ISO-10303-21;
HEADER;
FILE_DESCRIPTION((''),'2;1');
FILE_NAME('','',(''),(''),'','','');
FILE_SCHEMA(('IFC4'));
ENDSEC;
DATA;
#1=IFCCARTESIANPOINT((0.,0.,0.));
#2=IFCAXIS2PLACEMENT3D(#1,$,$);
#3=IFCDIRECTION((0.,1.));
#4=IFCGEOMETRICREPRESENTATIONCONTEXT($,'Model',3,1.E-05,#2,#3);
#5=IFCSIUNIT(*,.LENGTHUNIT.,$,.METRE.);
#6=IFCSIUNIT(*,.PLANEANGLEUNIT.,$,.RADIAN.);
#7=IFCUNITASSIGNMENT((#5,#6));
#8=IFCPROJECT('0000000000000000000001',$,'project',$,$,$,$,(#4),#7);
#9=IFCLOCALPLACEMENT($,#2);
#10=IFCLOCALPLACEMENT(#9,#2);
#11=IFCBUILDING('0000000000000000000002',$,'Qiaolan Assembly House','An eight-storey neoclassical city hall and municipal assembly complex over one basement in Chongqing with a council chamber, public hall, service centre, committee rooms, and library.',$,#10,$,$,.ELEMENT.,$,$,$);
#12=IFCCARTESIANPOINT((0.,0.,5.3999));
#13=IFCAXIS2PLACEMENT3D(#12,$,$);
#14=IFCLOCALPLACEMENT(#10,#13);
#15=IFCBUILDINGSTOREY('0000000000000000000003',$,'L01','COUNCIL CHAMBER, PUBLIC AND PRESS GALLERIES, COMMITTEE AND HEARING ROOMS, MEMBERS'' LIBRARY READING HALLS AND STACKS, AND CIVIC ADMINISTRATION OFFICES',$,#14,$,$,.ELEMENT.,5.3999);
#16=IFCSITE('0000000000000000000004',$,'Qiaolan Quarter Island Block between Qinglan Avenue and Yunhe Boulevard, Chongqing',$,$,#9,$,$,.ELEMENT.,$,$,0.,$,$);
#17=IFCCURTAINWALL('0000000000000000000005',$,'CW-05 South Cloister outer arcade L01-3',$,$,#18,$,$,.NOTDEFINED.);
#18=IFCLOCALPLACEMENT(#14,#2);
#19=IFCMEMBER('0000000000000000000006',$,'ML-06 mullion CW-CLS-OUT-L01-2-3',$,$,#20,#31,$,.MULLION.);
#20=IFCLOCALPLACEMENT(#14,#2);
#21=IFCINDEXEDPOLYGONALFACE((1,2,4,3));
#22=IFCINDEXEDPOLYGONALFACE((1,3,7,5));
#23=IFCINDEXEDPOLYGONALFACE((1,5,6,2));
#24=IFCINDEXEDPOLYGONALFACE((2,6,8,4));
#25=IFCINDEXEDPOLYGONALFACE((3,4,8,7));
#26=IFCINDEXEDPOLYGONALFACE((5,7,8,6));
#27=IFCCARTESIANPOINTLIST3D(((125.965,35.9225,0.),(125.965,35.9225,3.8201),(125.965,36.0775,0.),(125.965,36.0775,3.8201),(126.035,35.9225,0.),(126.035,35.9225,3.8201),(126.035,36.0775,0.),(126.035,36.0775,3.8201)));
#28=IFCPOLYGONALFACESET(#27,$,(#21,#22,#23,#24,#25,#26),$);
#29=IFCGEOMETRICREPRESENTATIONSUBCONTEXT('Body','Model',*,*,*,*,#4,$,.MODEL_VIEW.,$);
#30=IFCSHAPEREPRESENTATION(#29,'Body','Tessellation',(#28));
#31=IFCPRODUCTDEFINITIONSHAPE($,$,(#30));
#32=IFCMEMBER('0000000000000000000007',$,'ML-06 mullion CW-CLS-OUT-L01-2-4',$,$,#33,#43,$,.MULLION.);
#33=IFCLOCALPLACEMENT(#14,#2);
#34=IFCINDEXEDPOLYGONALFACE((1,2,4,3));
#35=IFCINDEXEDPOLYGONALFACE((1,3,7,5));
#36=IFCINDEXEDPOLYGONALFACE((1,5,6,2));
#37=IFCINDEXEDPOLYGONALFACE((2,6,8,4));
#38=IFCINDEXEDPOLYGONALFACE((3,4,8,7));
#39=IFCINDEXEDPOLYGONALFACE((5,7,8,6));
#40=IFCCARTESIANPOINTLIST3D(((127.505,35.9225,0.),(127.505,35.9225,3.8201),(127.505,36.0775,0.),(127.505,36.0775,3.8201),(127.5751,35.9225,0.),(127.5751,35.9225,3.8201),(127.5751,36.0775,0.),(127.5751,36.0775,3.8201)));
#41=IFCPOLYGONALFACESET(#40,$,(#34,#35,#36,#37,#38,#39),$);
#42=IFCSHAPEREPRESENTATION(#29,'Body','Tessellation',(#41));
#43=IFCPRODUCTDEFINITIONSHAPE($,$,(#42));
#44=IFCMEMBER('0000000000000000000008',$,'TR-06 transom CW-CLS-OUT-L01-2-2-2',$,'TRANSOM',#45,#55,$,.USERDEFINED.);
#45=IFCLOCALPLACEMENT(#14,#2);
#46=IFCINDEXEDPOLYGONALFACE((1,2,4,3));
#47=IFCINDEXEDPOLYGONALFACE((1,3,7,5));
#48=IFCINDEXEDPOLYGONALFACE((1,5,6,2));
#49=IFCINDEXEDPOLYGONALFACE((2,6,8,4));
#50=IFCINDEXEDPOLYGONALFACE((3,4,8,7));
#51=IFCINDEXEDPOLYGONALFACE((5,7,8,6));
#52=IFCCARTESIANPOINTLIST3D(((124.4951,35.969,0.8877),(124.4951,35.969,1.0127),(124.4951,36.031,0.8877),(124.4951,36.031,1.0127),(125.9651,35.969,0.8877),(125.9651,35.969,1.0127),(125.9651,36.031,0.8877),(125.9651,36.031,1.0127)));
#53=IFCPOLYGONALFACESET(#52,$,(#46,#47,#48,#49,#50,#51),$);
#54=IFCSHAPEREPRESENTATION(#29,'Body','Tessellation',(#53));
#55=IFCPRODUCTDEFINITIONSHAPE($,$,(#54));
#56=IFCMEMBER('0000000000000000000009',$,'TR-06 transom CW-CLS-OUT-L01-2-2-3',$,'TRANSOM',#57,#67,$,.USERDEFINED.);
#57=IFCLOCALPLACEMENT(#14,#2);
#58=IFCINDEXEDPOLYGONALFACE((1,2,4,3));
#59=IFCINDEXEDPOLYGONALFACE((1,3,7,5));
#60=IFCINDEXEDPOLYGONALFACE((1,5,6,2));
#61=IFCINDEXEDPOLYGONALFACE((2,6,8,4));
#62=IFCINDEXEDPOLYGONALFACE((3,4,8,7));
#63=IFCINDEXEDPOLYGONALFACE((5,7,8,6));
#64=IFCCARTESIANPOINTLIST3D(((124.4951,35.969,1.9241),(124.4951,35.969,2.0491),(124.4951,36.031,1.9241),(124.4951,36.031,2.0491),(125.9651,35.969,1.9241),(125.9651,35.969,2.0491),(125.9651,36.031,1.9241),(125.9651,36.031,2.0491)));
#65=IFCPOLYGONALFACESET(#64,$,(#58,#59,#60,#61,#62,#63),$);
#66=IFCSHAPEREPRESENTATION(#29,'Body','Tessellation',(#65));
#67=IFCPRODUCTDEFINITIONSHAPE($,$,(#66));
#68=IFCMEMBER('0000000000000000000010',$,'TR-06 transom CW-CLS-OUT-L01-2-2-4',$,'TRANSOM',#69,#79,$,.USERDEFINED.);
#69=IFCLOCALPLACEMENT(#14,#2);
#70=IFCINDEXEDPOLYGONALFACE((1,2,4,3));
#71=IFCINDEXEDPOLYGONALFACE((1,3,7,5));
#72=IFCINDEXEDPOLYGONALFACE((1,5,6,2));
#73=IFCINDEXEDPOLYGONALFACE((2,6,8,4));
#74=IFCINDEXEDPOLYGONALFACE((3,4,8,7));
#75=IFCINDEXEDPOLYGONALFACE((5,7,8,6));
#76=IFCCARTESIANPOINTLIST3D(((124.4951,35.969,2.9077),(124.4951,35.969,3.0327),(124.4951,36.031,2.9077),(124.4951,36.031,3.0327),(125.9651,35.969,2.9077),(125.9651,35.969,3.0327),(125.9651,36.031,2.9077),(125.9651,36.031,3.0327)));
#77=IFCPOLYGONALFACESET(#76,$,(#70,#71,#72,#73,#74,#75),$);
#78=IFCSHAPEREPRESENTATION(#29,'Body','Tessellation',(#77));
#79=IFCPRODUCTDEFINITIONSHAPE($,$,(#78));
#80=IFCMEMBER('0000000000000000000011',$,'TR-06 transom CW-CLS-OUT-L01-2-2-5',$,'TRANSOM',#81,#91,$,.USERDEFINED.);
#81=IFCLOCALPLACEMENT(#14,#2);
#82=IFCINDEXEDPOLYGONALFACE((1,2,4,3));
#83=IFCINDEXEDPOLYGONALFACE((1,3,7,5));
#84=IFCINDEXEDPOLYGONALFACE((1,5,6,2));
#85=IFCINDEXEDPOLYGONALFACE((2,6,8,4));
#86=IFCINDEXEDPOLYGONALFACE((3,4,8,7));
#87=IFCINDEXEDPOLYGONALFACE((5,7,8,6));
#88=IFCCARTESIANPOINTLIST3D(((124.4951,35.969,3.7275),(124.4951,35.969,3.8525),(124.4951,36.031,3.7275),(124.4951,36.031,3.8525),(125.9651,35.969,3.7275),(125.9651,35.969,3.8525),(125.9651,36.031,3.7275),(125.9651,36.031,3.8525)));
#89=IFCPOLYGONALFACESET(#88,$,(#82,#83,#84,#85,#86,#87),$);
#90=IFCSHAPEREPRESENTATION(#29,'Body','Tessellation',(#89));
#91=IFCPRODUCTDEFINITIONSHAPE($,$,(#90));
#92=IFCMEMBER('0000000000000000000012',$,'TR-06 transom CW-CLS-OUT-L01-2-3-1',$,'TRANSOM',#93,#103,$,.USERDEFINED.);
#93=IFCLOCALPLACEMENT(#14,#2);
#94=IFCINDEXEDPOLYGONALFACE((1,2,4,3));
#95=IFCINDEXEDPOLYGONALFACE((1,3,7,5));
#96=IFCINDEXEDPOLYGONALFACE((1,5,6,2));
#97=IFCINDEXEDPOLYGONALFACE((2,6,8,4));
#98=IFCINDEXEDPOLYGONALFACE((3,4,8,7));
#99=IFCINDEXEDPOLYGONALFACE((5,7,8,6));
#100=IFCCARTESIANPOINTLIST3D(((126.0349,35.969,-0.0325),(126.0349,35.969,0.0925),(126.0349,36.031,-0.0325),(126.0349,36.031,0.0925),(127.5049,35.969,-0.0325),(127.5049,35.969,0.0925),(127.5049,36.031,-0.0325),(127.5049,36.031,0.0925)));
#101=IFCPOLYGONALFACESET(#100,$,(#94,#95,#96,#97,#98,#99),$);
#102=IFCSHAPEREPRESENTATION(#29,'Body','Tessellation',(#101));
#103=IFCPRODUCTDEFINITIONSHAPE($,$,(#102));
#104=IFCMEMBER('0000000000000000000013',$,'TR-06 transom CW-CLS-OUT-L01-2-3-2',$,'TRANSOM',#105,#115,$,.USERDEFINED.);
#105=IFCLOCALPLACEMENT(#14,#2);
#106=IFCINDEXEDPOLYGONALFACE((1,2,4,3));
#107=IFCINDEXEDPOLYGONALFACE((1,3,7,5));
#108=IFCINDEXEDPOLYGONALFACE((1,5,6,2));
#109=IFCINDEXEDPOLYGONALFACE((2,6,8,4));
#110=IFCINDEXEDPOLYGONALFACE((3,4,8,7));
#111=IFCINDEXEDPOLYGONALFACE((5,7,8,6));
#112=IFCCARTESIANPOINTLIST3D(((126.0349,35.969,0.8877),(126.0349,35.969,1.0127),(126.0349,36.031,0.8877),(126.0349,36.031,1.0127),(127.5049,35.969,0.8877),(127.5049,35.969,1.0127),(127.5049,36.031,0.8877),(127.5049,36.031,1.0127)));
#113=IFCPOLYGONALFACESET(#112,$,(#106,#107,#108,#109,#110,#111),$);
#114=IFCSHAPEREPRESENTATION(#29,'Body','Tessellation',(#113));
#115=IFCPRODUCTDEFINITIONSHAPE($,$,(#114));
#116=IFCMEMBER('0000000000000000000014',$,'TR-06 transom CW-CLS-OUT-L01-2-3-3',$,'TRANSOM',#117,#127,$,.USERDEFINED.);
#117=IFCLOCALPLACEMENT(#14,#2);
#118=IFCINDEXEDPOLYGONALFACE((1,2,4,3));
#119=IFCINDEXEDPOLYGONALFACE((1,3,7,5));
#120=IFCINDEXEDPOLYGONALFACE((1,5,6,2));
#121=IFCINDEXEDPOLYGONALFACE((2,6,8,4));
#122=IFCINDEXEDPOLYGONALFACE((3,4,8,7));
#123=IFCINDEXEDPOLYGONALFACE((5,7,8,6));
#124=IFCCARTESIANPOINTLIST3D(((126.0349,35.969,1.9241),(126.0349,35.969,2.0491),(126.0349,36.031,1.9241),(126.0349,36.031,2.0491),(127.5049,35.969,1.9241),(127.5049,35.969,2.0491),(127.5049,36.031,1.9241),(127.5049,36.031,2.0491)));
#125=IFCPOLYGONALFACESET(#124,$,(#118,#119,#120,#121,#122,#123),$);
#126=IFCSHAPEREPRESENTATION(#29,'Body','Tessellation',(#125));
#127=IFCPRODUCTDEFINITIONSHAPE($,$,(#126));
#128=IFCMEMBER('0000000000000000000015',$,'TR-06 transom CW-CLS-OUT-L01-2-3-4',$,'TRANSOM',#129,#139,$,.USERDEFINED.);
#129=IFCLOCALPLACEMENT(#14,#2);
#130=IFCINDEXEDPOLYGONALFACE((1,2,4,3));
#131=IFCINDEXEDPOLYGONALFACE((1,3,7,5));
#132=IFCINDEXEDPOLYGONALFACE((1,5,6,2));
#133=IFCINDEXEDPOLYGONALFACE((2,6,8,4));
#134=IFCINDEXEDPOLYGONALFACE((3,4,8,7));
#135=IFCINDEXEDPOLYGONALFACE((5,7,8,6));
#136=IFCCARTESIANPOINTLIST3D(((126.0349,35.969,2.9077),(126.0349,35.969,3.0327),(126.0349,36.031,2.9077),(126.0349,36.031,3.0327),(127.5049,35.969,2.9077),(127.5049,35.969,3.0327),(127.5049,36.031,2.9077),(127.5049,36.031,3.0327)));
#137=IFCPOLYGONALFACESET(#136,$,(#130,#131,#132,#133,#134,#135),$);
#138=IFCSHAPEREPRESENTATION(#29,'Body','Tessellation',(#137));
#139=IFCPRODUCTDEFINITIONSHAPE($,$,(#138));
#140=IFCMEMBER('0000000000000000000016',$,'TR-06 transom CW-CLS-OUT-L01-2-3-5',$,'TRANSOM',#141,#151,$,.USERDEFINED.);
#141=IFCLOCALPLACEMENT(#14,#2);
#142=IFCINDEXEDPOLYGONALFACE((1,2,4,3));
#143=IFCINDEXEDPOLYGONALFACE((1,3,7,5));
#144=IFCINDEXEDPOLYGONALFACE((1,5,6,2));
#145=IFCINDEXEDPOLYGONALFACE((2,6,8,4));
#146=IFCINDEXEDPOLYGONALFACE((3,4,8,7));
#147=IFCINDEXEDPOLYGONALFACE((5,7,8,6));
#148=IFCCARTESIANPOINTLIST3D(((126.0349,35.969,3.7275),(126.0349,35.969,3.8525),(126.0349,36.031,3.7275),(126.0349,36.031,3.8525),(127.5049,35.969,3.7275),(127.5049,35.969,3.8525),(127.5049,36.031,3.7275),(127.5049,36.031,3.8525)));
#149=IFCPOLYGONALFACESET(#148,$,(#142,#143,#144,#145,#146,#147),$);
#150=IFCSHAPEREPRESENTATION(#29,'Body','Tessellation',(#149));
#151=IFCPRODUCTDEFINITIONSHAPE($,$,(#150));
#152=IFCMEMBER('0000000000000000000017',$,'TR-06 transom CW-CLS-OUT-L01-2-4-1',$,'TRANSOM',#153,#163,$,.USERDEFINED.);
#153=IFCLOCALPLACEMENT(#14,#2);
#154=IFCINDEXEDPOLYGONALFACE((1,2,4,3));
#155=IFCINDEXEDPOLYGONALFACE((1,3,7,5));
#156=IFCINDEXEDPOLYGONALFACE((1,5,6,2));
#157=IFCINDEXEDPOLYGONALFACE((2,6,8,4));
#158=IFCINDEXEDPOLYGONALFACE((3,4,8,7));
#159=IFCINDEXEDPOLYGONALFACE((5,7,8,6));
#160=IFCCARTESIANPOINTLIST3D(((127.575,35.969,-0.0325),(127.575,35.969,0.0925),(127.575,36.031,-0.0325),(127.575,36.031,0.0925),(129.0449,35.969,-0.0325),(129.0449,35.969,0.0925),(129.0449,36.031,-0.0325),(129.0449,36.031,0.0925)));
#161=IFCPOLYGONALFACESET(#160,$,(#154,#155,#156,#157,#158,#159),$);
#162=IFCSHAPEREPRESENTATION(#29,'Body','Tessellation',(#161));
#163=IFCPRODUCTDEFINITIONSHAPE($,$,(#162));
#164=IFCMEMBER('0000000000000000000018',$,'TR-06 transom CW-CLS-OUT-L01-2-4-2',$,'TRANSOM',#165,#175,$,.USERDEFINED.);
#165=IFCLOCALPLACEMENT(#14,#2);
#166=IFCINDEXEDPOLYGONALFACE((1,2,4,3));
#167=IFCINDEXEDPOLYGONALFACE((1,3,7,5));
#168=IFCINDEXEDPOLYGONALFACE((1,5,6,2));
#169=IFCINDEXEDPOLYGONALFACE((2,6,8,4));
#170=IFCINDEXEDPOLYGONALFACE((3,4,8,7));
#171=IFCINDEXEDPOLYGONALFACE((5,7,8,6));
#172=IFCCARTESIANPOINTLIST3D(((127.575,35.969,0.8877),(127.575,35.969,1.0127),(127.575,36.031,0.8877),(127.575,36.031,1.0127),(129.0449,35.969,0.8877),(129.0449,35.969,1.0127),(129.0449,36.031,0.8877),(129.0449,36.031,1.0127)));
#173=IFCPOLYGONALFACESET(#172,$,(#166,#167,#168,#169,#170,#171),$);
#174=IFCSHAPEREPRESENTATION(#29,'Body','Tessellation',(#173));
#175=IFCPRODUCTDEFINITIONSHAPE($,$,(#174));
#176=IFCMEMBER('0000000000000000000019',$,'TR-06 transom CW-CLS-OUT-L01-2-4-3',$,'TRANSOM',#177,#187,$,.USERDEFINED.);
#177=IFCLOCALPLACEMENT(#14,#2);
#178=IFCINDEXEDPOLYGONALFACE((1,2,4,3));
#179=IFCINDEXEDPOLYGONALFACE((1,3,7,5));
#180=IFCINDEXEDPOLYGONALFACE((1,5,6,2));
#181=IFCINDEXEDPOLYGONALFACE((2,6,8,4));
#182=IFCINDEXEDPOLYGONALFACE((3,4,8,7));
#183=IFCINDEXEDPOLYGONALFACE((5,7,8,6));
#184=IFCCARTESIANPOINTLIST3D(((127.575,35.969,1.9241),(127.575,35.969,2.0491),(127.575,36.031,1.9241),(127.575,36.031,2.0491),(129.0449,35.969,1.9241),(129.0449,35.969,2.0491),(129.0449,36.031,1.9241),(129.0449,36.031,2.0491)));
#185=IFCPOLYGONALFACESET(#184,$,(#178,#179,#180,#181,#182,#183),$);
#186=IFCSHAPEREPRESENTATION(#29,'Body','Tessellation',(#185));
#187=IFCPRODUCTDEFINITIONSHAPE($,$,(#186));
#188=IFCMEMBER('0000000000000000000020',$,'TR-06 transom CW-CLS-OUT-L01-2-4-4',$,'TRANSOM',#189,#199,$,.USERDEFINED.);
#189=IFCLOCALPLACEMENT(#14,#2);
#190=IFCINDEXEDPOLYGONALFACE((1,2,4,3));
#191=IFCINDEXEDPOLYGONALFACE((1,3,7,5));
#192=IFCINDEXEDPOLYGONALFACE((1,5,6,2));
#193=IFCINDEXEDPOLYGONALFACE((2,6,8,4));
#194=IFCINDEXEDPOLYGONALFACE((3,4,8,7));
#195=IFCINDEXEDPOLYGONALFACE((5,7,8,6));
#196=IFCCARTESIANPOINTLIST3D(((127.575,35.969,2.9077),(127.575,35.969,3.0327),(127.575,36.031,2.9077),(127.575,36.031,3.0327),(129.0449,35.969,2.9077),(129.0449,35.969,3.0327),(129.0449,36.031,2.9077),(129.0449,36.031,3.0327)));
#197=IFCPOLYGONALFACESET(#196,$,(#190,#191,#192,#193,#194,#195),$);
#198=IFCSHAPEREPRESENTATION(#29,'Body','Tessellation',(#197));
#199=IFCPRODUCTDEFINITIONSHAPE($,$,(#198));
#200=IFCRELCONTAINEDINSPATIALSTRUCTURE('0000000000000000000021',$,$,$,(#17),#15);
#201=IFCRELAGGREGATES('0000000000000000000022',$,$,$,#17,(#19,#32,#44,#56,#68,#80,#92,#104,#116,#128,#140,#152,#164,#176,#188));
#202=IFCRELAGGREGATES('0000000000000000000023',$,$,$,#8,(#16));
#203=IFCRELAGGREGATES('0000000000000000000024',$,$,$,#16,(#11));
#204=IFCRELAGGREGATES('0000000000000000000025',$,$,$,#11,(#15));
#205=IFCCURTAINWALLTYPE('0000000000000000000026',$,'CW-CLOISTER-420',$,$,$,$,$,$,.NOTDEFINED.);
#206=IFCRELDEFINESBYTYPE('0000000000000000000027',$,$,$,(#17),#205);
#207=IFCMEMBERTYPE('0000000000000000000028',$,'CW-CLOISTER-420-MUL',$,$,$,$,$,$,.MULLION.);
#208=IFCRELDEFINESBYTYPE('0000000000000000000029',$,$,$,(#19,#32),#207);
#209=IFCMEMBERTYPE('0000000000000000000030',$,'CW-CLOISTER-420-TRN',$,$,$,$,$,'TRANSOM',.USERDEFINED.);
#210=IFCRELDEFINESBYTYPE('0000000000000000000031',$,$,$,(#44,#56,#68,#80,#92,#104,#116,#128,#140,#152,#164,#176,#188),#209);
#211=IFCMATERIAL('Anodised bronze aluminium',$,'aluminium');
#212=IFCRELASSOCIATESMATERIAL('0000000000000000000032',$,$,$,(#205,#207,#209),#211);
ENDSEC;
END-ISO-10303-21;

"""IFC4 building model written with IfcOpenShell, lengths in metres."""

from ifc_helpers import new_model, si_unit, direction, frame, origin, origin_2d, place, context, subcontext, project, spatial, rectangle, extrude, material, material_profile, profile_set, type_object, element, aggregate, save


model = new_model("IFC4")

# Units and contexts
model_context = context("Model", 3, precision=1e-05, world=origin(), true_north=direction((0.0, 1.0)))
body_context = subcontext(model_context, "Body", "Model", "MODEL_VIEW")
ifc_project = project(units=[si_unit("LENGTHUNIT", "METRE"), si_unit("PLANEANGLEUNIT", "RADIAN")], contexts=[model_context])

# Site, building, storey
site_placement = place(None, origin())
site = spatial("IfcSite", under=ifc_project, at=site_placement, Name="Qiaolan Quarter Island Block between Qinglan Avenue and Yunhe Boulevard, Chongqing", CompositionType="ELEMENT", RefElevation=0.0)
building_placement = place(site_placement, origin())
building = spatial("IfcBuilding", under=site, at=building_placement, Name="Qiaolan Assembly House", Description="An eight-storey neoclassical city hall and municipal assembly complex over one basement in Chongqing with a council chamber, public hall, service centre, committee rooms, and library.", CompositionType="ELEMENT")
storey_placement = place(building_placement, frame((0.0, 0.0, 5.3999)))
storey = spatial("IfcBuildingStorey", under=building, at=storey_placement, Name="L01", Description="COUNCIL CHAMBER, PUBLIC AND PRESS GALLERIES, COMMITTEE AND HEARING ROOMS, MEMBERS' LIBRARY READING HALLS AND STACKS, AND CIVIC ADMINISTRATION OFFICES", CompositionType="ELEMENT", Elevation=5.3999)

# Curtain wall, members
ifc_material_1 = material(Name="Anodised bronze aluminium", Category="aluminium")
curtain_wall_type = type_object("IfcCurtainWallType", Name="CW-CLOISTER-420", PredefinedType="NOTDEFINED", material=ifc_material_1)
curtain_wall_placement = place(storey_placement, origin())
curtain_wall = element("IfcCurtainWall", 1, at=curtain_wall_placement, inside=storey, type_object=curtain_wall_type, Name="CW-05 South Cloister outer arcade L01-3", PredefinedType="NOTDEFINED")
ifc_material_profile_1 = material_profile(ifc_material_1, rectangle(XDim=0.0701, YDim=0.155, at=origin_2d()), Name="MUL 70x155")
ifc_profile_set_1 = profile_set([ifc_material_profile_1], Name="Anodised bronze aluminium")
member_type_1 = type_object("IfcMemberType", Name="CW-CLOISTER-420-MUL", PredefinedType="MULLION", material=ifc_profile_set_1)
member_1_placement = place(storey_placement, frame((126.0, 36.0, 0.0), z_axis=(0.0, 0.0, 1.0), x_axis=(1.0, 0.0, 0.0)))
member_1 = element("IfcMember", 2, at=member_1_placement, type_object=member_type_1, Name="ML-06 mullion CW-CLS-OUT-L01-2-3", PredefinedType="MULLION", context=body_context, shape_type="SweptSolid", body=[
    extrude(rectangle(XDim=0.0701, YDim=0.155, at=origin_2d()), origin(), (0.0, 0.0, 1.0), 3.8201),
])
member_2_placement = place(storey_placement, frame((127.54, 36.0, 0.0), z_axis=(0.0, 0.0, 1.0), x_axis=(1.0, 0.0, 0.0)))
member_2 = element("IfcMember", 3, at=member_2_placement, type_object=member_type_1, Name="ML-06 mullion CW-CLS-OUT-L01-2-4", PredefinedType="MULLION", context=body_context, shape_type="SweptSolid", body=[
    extrude(rectangle(XDim=0.0701, YDim=0.155, at=origin_2d()), origin(), (0.0, 0.0, 1.0), 3.8201),
])
ifc_material_profile_2 = material_profile(ifc_material_1, rectangle(XDim=0.062, YDim=0.125, at=origin_2d()), Name="TRN 62x125")
ifc_profile_set_2 = profile_set([ifc_material_profile_2], Name="Anodised bronze aluminium")
member_type_2 = type_object("IfcMemberType", Name="CW-CLOISTER-420-TRN", ElementType="TRANSOM", PredefinedType="USERDEFINED", material=ifc_profile_set_2)
member_3_placement = place(storey_placement, frame((124.4951, 36.0, 0.9502), z_axis=(1.0, 0.0, 0.0), x_axis=(0.0, 1.0, 0.0)))
member_3 = element("IfcMember", 4, at=member_3_placement, type_object=member_type_2, Name="TR-06 transom CW-CLS-OUT-L01-2-2-2", ObjectType="TRANSOM", PredefinedType="USERDEFINED", context=body_context, shape_type="SweptSolid", body=[
    extrude(rectangle(XDim=0.062, YDim=0.125, at=origin_2d()), origin(), (0.0, 0.0, 1.0), 1.47),
])
member_4_placement = place(storey_placement, frame((124.4951, 36.0, 1.9866), z_axis=(1.0, 0.0, 0.0), x_axis=(0.0, 1.0, 0.0)))
member_4 = element("IfcMember", 5, at=member_4_placement, type_object=member_type_2, Name="TR-06 transom CW-CLS-OUT-L01-2-2-3", ObjectType="TRANSOM", PredefinedType="USERDEFINED", context=body_context, shape_type="SweptSolid", body=[
    extrude(rectangle(XDim=0.062, YDim=0.125, at=origin_2d()), origin(), (0.0, 0.0, 1.0), 1.47),
])
member_5_placement = place(storey_placement, frame((124.4951, 36.0, 2.9702), z_axis=(1.0, 0.0, 0.0), x_axis=(0.0, 1.0, 0.0)))
member_5 = element("IfcMember", 6, at=member_5_placement, type_object=member_type_2, Name="TR-06 transom CW-CLS-OUT-L01-2-2-4", ObjectType="TRANSOM", PredefinedType="USERDEFINED", context=body_context, shape_type="SweptSolid", body=[
    extrude(rectangle(XDim=0.062, YDim=0.125, at=origin_2d()), origin(), (0.0, 0.0, 1.0), 1.47),
])
member_6_placement = place(storey_placement, frame((124.4951, 36.0, 3.79), z_axis=(1.0, 0.0, 0.0), x_axis=(0.0, 1.0, 0.0)))
member_6 = element("IfcMember", 7, at=member_6_placement, type_object=member_type_2, Name="TR-06 transom CW-CLS-OUT-L01-2-2-5", ObjectType="TRANSOM", PredefinedType="USERDEFINED", context=body_context, shape_type="SweptSolid", body=[
    extrude(rectangle(XDim=0.062, YDim=0.125, at=origin_2d()), origin(), (0.0, 0.0, 1.0), 1.47),
])
member_7_placement = place(storey_placement, frame((126.0349, 36.0, 0.03), z_axis=(1.0, 0.0, 0.0), x_axis=(0.0, 1.0, 0.0)))
member_7 = element("IfcMember", 8, at=member_7_placement, type_object=member_type_2, Name="TR-06 transom CW-CLS-OUT-L01-2-3-1", ObjectType="TRANSOM", PredefinedType="USERDEFINED", context=body_context, shape_type="SweptSolid", body=[
    extrude(rectangle(XDim=0.062, YDim=0.125, at=origin_2d()), origin(), (0.0, 0.0, 1.0), 1.47),
])
member_8_placement = place(storey_placement, frame((126.0349, 36.0, 0.9502), z_axis=(1.0, 0.0, 0.0), x_axis=(0.0, 1.0, 0.0)))
member_8 = element("IfcMember", 9, at=member_8_placement, type_object=member_type_2, Name="TR-06 transom CW-CLS-OUT-L01-2-3-2", ObjectType="TRANSOM", PredefinedType="USERDEFINED", context=body_context, shape_type="SweptSolid", body=[
    extrude(rectangle(XDim=0.062, YDim=0.125, at=origin_2d()), origin(), (0.0, 0.0, 1.0), 1.47),
])
member_9_placement = place(storey_placement, frame((126.0349, 36.0, 1.9866), z_axis=(1.0, 0.0, 0.0), x_axis=(0.0, 1.0, 0.0)))
member_9 = element("IfcMember", 10, at=member_9_placement, type_object=member_type_2, Name="TR-06 transom CW-CLS-OUT-L01-2-3-3", ObjectType="TRANSOM", PredefinedType="USERDEFINED", context=body_context, shape_type="SweptSolid", body=[
    extrude(rectangle(XDim=0.062, YDim=0.125, at=origin_2d()), origin(), (0.0, 0.0, 1.0), 1.47),
])
member_10_placement = place(storey_placement, frame((126.0349, 36.0, 2.9702), z_axis=(1.0, 0.0, 0.0), x_axis=(0.0, 1.0, 0.0)))
member_10 = element("IfcMember", 11, at=member_10_placement, type_object=member_type_2, Name="TR-06 transom CW-CLS-OUT-L01-2-3-4", ObjectType="TRANSOM", PredefinedType="USERDEFINED", context=body_context, shape_type="SweptSolid", body=[
    extrude(rectangle(XDim=0.062, YDim=0.125, at=origin_2d()), origin(), (0.0, 0.0, 1.0), 1.47),
])
member_11_placement = place(storey_placement, frame((126.0349, 36.0, 3.79), z_axis=(1.0, 0.0, 0.0), x_axis=(0.0, 1.0, 0.0)))
member_11 = element("IfcMember", 12, at=member_11_placement, type_object=member_type_2, Name="TR-06 transom CW-CLS-OUT-L01-2-3-5", ObjectType="TRANSOM", PredefinedType="USERDEFINED", context=body_context, shape_type="SweptSolid", body=[
    extrude(rectangle(XDim=0.062, YDim=0.125, at=origin_2d()), origin(), (0.0, 0.0, 1.0), 1.47),
])
member_12_placement = place(storey_placement, frame((127.575, 36.0, 0.03), z_axis=(1.0, 0.0, 0.0), x_axis=(0.0, 1.0, 0.0)))
member_12 = element("IfcMember", 13, at=member_12_placement, type_object=member_type_2, Name="TR-06 transom CW-CLS-OUT-L01-2-4-1", ObjectType="TRANSOM", PredefinedType="USERDEFINED", context=body_context, shape_type="SweptSolid", body=[
    extrude(rectangle(XDim=0.062, YDim=0.125, at=origin_2d()), origin(), (0.0, 0.0, 1.0), 1.47),
])
member_13_placement = place(storey_placement, frame((127.575, 36.0, 0.9502), z_axis=(1.0, 0.0, 0.0), x_axis=(0.0, 1.0, 0.0)))
member_13 = element("IfcMember", 14, at=member_13_placement, type_object=member_type_2, Name="TR-06 transom CW-CLS-OUT-L01-2-4-2", ObjectType="TRANSOM", PredefinedType="USERDEFINED", context=body_context, shape_type="SweptSolid", body=[
    extrude(rectangle(XDim=0.062, YDim=0.125, at=origin_2d()), origin(), (0.0, 0.0, 1.0), 1.47),
])
member_14_placement = place(storey_placement, frame((127.575, 36.0, 1.9866), z_axis=(1.0, 0.0, 0.0), x_axis=(0.0, 1.0, 0.0)))
member_14 = element("IfcMember", 15, at=member_14_placement, type_object=member_type_2, Name="TR-06 transom CW-CLS-OUT-L01-2-4-3", ObjectType="TRANSOM", PredefinedType="USERDEFINED", context=body_context, shape_type="SweptSolid", body=[
    extrude(rectangle(XDim=0.062, YDim=0.125, at=origin_2d()), origin(), (0.0, 0.0, 1.0), 1.47),
])
member_15_placement = place(storey_placement, frame((127.575, 36.0, 2.9702), z_axis=(1.0, 0.0, 0.0), x_axis=(0.0, 1.0, 0.0)))
member_15 = element("IfcMember", 16, at=member_15_placement, type_object=member_type_2, Name="TR-06 transom CW-CLS-OUT-L01-2-4-4", ObjectType="TRANSOM", PredefinedType="USERDEFINED", context=body_context, shape_type="SweptSolid", body=[
    extrude(rectangle(XDim=0.062, YDim=0.125, at=origin_2d()), origin(), (0.0, 0.0, 1.0), 1.47),
])
aggregate(curtain_wall, [member_1, member_2, member_3, member_4, member_5, member_6, member_7, member_8, member_9, member_10, member_11, member_12, member_13, member_14, member_15])

save(model, "model.ifc")
